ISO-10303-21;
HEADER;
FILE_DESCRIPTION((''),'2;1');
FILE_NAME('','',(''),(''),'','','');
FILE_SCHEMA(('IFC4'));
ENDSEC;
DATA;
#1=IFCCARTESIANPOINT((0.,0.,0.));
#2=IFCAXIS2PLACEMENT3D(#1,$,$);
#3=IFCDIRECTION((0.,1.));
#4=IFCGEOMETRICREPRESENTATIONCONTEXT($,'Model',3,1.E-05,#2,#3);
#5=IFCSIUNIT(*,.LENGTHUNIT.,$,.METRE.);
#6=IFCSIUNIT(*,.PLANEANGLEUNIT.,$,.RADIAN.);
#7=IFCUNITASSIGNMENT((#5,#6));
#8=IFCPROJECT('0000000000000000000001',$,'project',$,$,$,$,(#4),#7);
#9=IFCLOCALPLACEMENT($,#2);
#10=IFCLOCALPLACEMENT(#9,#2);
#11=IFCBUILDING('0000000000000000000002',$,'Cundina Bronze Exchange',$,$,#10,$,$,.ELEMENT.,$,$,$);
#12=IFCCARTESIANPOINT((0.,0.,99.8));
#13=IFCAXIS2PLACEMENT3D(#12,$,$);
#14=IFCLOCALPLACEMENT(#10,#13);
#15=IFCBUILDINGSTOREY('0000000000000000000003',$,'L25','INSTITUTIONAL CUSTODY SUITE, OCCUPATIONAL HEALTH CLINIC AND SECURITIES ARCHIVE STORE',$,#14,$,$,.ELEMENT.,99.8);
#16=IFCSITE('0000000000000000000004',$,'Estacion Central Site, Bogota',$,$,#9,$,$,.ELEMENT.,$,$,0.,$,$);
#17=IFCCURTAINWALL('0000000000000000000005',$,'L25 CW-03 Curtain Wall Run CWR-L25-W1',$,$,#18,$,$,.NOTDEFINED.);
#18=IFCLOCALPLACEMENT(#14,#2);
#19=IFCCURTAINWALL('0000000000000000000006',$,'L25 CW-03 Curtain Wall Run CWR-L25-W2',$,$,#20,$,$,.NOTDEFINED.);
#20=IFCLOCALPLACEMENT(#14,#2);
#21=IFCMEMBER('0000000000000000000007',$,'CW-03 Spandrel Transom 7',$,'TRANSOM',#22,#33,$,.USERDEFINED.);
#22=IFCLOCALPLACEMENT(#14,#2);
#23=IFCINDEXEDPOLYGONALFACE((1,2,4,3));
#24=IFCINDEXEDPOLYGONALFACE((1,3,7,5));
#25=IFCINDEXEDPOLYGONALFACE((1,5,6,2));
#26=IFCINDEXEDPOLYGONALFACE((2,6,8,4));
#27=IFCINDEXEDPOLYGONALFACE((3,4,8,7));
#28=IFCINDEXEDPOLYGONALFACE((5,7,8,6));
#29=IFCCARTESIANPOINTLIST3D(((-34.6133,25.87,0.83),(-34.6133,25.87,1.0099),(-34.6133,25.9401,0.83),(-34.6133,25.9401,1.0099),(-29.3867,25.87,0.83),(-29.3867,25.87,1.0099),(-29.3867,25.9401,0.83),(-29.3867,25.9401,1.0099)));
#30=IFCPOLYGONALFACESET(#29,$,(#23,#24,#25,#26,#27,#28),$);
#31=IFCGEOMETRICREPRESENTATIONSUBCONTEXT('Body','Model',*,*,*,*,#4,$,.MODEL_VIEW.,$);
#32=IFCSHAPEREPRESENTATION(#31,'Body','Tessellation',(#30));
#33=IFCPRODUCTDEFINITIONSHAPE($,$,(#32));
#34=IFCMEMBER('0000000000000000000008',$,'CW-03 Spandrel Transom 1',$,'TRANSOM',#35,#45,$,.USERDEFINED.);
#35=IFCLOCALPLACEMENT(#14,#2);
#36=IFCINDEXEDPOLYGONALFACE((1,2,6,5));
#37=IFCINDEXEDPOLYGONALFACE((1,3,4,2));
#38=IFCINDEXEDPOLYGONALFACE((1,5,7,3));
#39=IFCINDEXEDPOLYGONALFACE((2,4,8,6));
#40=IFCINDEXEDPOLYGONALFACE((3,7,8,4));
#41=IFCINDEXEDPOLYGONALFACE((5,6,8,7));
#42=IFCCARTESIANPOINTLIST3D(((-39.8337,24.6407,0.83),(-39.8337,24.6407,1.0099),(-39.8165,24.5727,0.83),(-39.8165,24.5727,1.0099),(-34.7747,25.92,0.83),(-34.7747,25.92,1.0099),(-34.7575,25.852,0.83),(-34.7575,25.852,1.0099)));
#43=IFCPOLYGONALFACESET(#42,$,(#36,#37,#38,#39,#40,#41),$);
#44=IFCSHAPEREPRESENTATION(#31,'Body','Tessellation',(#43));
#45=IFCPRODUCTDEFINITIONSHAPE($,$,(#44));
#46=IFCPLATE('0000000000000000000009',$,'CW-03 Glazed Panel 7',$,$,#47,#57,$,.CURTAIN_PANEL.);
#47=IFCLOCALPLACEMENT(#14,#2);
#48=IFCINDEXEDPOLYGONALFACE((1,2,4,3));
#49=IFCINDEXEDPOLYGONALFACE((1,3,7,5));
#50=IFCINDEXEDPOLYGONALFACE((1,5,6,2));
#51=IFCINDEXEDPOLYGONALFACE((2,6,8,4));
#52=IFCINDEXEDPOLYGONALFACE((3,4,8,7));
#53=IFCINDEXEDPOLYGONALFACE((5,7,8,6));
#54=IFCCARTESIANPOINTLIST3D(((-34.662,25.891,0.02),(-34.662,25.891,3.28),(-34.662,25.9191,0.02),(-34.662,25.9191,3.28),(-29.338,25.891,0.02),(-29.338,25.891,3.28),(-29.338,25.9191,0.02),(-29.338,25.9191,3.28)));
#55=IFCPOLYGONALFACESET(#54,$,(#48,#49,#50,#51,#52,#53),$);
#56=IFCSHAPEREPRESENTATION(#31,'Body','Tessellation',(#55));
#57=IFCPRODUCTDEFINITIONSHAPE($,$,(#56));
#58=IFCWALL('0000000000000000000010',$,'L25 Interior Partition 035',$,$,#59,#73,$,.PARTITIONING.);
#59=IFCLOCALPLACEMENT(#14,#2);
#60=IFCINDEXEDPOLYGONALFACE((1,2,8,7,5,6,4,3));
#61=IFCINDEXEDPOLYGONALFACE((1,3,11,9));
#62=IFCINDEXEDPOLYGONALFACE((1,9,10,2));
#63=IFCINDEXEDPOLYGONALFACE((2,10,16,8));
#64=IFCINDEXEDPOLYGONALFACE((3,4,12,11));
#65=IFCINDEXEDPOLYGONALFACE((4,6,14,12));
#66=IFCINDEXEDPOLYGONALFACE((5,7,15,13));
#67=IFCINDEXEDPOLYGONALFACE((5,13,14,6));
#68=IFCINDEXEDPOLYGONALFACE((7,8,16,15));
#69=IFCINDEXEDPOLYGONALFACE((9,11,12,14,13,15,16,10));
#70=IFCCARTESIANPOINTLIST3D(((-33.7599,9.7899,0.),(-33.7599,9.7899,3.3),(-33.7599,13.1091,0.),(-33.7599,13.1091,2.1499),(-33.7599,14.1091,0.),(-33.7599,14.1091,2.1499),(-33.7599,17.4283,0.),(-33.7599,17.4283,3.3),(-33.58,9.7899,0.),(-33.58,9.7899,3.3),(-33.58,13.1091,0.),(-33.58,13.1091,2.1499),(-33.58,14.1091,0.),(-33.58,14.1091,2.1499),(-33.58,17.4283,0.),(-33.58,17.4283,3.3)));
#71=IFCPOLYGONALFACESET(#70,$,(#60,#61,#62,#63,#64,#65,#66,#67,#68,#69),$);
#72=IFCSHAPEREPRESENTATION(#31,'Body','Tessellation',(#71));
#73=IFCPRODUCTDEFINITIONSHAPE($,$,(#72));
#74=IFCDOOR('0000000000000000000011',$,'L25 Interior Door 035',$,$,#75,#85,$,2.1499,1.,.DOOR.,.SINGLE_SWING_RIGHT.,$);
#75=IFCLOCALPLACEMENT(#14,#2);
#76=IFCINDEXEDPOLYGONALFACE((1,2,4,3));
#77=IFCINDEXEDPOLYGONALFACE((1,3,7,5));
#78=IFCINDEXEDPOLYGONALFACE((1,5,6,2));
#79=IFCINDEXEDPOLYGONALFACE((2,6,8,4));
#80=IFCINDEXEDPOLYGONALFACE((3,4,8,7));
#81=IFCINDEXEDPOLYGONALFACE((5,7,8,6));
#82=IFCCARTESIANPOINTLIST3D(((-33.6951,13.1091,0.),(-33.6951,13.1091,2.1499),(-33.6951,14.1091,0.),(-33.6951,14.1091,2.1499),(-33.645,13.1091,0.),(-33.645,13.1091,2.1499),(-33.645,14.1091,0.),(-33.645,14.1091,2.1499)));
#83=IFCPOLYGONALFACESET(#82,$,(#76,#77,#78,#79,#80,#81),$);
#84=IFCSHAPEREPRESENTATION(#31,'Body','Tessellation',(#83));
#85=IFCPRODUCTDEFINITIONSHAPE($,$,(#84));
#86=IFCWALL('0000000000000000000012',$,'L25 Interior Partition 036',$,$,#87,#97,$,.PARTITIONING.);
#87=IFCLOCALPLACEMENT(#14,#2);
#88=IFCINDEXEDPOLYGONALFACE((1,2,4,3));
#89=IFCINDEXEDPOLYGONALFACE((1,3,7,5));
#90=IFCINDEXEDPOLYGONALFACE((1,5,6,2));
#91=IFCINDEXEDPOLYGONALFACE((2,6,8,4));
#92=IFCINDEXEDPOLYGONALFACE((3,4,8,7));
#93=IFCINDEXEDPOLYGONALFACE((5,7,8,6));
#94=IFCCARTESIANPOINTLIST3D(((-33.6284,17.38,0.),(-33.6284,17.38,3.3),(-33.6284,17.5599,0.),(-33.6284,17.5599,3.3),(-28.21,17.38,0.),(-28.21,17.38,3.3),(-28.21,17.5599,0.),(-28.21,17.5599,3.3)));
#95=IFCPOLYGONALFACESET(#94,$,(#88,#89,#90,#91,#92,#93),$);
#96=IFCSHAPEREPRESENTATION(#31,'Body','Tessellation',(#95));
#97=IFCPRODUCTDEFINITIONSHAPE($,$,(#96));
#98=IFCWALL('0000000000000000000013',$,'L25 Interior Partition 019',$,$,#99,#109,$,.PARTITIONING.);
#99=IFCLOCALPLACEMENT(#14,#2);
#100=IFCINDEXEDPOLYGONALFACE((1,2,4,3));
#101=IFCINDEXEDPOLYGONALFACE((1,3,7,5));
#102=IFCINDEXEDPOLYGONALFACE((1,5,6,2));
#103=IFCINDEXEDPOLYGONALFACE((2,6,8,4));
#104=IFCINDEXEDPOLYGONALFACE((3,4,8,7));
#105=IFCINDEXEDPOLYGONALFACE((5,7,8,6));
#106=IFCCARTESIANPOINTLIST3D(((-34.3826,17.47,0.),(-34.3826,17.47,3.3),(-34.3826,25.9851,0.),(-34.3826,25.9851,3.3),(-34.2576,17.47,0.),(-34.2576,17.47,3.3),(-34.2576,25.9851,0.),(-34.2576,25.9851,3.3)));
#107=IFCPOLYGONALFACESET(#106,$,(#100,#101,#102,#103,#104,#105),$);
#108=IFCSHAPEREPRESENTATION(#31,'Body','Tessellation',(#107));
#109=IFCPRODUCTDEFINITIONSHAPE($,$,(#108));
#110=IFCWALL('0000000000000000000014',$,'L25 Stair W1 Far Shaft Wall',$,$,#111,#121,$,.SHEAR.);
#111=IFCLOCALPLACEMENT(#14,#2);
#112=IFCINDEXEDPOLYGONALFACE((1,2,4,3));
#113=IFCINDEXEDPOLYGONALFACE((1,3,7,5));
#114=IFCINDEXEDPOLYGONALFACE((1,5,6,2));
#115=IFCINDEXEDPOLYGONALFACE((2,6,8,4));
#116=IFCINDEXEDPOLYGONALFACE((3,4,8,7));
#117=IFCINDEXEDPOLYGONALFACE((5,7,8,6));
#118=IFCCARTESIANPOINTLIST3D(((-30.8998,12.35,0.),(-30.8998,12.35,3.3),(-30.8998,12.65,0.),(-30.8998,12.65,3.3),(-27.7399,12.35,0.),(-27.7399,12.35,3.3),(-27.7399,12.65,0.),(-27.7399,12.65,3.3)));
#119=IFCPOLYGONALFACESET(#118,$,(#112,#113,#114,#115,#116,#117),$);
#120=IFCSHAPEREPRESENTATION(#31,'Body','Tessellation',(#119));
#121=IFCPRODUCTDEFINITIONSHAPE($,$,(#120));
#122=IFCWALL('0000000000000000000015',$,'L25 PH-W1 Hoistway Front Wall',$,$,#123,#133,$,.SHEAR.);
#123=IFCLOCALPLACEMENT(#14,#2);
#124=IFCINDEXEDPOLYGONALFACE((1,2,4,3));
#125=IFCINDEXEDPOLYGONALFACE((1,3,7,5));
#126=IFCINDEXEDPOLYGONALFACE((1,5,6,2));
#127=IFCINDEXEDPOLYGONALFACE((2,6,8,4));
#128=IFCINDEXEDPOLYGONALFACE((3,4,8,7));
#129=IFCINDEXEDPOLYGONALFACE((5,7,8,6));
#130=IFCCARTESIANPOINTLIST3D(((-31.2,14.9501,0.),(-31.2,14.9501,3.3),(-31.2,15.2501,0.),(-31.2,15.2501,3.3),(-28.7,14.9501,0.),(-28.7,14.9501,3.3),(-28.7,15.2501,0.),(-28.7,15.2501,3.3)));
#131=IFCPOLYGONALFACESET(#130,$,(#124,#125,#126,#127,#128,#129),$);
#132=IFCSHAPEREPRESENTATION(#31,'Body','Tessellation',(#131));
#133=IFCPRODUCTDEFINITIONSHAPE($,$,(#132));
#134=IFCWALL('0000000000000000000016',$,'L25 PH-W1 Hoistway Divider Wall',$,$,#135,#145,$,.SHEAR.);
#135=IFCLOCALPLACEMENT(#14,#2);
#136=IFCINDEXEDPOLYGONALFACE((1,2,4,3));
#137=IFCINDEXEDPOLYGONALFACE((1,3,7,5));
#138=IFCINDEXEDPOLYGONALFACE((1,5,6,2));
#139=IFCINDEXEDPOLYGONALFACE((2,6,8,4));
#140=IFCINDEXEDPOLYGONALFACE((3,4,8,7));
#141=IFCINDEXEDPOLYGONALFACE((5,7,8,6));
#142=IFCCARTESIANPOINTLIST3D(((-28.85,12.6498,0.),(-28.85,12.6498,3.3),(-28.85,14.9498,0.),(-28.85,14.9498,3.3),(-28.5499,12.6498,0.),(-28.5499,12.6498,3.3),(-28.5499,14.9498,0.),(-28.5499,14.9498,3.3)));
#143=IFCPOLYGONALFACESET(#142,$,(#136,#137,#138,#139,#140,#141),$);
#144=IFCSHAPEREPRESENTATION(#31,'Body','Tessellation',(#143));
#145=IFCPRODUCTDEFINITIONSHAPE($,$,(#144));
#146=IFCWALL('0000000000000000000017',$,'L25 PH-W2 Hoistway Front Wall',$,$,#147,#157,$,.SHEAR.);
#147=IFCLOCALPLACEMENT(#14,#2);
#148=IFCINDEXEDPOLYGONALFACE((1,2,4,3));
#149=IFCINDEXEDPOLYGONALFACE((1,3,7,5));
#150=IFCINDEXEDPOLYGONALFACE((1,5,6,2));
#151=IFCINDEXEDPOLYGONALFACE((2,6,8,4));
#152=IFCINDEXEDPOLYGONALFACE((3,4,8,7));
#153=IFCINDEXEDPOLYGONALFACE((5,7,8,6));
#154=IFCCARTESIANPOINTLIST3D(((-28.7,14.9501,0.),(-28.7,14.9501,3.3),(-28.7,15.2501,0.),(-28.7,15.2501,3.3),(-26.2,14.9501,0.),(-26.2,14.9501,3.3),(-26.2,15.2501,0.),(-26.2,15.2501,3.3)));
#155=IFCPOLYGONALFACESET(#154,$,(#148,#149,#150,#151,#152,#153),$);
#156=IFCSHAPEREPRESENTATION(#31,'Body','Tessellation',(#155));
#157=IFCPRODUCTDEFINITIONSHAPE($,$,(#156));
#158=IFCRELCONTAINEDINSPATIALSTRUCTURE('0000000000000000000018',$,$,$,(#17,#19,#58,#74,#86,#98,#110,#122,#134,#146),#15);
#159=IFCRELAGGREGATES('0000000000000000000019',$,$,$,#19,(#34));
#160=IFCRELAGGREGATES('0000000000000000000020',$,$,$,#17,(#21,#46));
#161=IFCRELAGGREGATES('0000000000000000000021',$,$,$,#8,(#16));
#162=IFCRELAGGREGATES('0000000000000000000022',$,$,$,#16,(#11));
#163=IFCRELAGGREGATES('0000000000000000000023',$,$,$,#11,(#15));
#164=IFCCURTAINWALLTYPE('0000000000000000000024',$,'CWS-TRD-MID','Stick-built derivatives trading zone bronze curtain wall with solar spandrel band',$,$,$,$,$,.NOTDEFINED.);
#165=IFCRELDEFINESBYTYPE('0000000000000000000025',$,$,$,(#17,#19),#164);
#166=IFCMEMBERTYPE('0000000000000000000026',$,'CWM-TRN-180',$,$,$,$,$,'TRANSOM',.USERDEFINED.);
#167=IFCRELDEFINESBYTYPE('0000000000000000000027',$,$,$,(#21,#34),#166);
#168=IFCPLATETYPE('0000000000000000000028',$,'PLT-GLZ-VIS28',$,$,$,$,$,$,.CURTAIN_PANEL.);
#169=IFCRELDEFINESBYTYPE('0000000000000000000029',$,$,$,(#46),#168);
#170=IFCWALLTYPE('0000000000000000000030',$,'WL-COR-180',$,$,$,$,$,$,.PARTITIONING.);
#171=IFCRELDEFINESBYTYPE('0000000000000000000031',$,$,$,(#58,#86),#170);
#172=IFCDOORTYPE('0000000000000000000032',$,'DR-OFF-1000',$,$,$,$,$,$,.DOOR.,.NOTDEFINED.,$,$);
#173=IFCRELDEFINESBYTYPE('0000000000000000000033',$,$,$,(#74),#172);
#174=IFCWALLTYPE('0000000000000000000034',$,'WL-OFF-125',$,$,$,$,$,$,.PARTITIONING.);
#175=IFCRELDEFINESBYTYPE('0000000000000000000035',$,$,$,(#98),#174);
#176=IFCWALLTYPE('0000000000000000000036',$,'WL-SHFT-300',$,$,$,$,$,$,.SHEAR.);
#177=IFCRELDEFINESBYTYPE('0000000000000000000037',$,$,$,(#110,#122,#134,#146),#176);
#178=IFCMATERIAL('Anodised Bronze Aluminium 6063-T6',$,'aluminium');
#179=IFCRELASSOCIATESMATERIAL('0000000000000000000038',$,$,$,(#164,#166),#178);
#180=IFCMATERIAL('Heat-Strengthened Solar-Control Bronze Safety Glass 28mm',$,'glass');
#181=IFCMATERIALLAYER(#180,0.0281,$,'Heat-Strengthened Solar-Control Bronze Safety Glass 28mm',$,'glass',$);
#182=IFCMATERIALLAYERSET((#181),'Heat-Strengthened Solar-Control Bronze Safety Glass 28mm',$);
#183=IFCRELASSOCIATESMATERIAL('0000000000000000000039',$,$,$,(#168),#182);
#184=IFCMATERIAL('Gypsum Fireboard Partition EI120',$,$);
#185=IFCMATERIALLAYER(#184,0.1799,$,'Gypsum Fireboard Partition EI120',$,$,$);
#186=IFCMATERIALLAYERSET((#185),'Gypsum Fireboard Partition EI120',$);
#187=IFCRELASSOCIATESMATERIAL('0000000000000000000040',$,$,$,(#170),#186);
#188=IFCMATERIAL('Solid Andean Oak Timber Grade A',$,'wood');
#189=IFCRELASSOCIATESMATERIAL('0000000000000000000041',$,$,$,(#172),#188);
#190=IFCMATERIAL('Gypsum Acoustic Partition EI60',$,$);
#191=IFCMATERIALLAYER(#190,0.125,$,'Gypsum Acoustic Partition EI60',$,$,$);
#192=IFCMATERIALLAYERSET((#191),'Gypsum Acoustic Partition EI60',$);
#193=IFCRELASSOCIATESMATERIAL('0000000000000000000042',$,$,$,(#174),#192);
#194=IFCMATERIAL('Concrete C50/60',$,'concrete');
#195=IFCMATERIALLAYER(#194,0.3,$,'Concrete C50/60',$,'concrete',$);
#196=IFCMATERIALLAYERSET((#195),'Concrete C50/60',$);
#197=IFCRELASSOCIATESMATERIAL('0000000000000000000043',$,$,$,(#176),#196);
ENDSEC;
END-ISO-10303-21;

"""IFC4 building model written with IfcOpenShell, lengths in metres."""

from ifc_helpers import new_model, si_unit, direction, frame, frame_2d, origin, origin_2d, place, context, subcontext, project, spatial, rectangle, extrude, material, layer, layer_set, material_profile, profile_set, type_object, element, fill, aggregate, save


model = new_model("IFC4")

# Units and contexts
model_context = context("Model", 3, precision=1e-05, world=origin(), true_north=direction((0.0, 1.0)))
body_context = subcontext(model_context, "Body", "Model", "MODEL_VIEW")
ifc_project = project(units=[si_unit("LENGTHUNIT", "METRE"), si_unit("PLANEANGLEUNIT", "RADIAN")], contexts=[model_context])

# Site, building, storey
site_placement = place(None, origin())
site = spatial("IfcSite", under=ifc_project, at=site_placement, Name="Estacion Central Site, Bogota", CompositionType="ELEMENT", RefElevation=0.0)
building_placement = place(site_placement, origin())
building = spatial("IfcBuilding", under=site, at=building_placement, Name="Cundina Bronze Exchange", CompositionType="ELEMENT")
storey_placement = place(building_placement, frame((0.0, 0.0, 99.8)))
storey = spatial("IfcBuildingStorey", under=building, at=storey_placement, Name="L25", Description="INSTITUTIONAL CUSTODY SUITE, OCCUPATIONAL HEALTH CLINIC AND SECURITIES ARCHIVE STORE", CompositionType="ELEMENT", Elevation=99.8)

# Curtain wall
ifc_material_1 = material(Name="Anodised Bronze Aluminium 6063-T6", Category="aluminium")
curtain_wall_type = type_object("IfcCurtainWallType", Name="CWS-TRD-MID", Description="Stick-built derivatives trading zone bronze curtain wall with solar spandrel band", PredefinedType="NOTDEFINED", material=ifc_material_1)
curtain_wall_1_placement = place(storey_placement, origin())
curtain_wall_1 = element("IfcCurtainWall", 1, at=curtain_wall_1_placement, inside=storey, type_object=curtain_wall_type, Name="L25 CW-03 Curtain Wall Run CWR-L25-W1", PredefinedType="NOTDEFINED")

# Curtain wall
curtain_wall_2_placement = place(storey_placement, origin())
curtain_wall_2 = element("IfcCurtainWall", 2, at=curtain_wall_2_placement, inside=storey, type_object=curtain_wall_type, Name="L25 CW-03 Curtain Wall Run CWR-L25-W2", PredefinedType="NOTDEFINED")

# Members
ifc_material_profile_1 = material_profile(ifc_material_1, rectangle(XDim=0.0701, YDim=0.1799, at=origin_2d()), Name="AL70X180", Category="aluminium")
ifc_profile_set_1 = profile_set([ifc_material_profile_1], Name="Anodised Bronze Aluminium 6063-T6")
member_type_1 = type_object("IfcMemberType", Name="CWM-TRN-180", ElementType="TRANSOM", PredefinedType="USERDEFINED", material=ifc_profile_set_1)
member_1_placement = place(storey_placement, frame((-29.3867, 25.905, 0.9199), z_axis=(-1.0, 0.0, 0.0), x_axis=(0.0, -1.0, 0.0)))
member_1 = element("IfcMember", 3, at=member_1_placement, type_object=member_type_1, Name="CW-03 Spandrel Transom 7", ObjectType="TRANSOM", PredefinedType="USERDEFINED", context=body_context, shape_type="SweptSolid", body=[
    extrude(rectangle(XDim=0.0701, YDim=0.1799, at=origin_2d()), origin(), (0.0, 0.0, 1.0), 5.2266),
])
member_2_placement = place(storey_placement, frame((-34.7661, 25.886, 0.9199), z_axis=(-0.969484, -0.245155, 0.0), x_axis=(0.245155, -0.969484, 0.0)))
member_2 = element("IfcMember", 4, at=member_2_placement, type_object=member_type_1, Name="CW-03 Spandrel Transom 1", ObjectType="TRANSOM", PredefinedType="USERDEFINED", context=body_context, shape_type="SweptSolid", body=[
    extrude(rectangle(XDim=0.0701, YDim=0.1799, at=origin_2d()), origin(), (0.0, 0.0, 1.0), 5.2183),
])
aggregate(curtain_wall_2, [member_2])

# Plate
ifc_material_2 = material(Name="Heat-Strengthened Solar-Control Bronze Safety Glass 28mm", Category="glass")
ifc_layer_1 = layer(ifc_material_2, 0.0281, Name="Heat-Strengthened Solar-Control Bronze Safety Glass 28mm", Category="glass")
ifc_layer_set_1 = layer_set([ifc_layer_1], Name="Heat-Strengthened Solar-Control Bronze Safety Glass 28mm")
plate_type = type_object("IfcPlateType", Name="PLT-GLZ-VIS28", PredefinedType="CURTAIN_PANEL", material=ifc_layer_set_1)
plate_placement = place(storey_placement, frame((-32.0, 25.905, 0.02), z_axis=(0.0, 0.0, 1.0), x_axis=(-1.0, 0.0, 0.0)))
plate = element("IfcPlate", 5, at=plate_placement, type_object=plate_type, Name="CW-03 Glazed Panel 7", PredefinedType="CURTAIN_PANEL", context=body_context, shape_type="SweptSolid", body=[
    extrude(rectangle(XDim=5.324, YDim=0.0281, at=origin_2d()), origin(), (0.0, 0.0, 1.0), 3.26),
])
aggregate(curtain_wall_1, [member_1, plate])

# Wall, opening, door
ifc_material_3 = material(Name="Gypsum Fireboard Partition EI120")
ifc_layer_2 = layer(ifc_material_3, 0.1799, Name="Gypsum Fireboard Partition EI120")
ifc_layer_set_2 = layer_set([ifc_layer_2], Name="Gypsum Fireboard Partition EI120")
wall_type_1 = type_object("IfcWallType", Name="WL-COR-180", PredefinedType="PARTITIONING", material=ifc_layer_set_2)
ifc_material_4 = material(Name="Solid Andean Oak Timber Grade A", Category="wood")
door_type_1 = type_object("IfcDoorType", Name="DR-OFF-1000", OperationType="NOTDEFINED", PredefinedType="DOOR", material=ifc_material_4)
wall_1_placement = place(storey_placement, frame((-33.6699, 17.4285, 0.0), z_axis=(0.0, 0.0, 1.0), x_axis=(0.0, -1.0, 0.0)))
wall_1 = element("IfcWall", 6, at=wall_1_placement, inside=storey, type_object=wall_type_1, Name="L25 Interior Partition 035", PredefinedType="PARTITIONING", context=body_context, shape_type="SweptSolid", body=[
    extrude(rectangle(XDim=7.6384, YDim=0.1799, at=frame_2d((3.8193, 0.0))), origin(), (0.0, 0.0, 1.0), 3.3),
])
opening_1_placement = place(wall_1_placement, frame((3.3193, 0.0, 0.0)))
opening_1 = element("IfcOpeningElement", 7, at=opening_1_placement, cuts=wall_1, PredefinedType="OPENING", context=body_context, shape_type="SweptSolid", body=[
    extrude(rectangle(XDim=1.0, YDim=2.1499, at=frame_2d((0.5, 1.075))), frame((0.0, 0.0999, 0.0), z_axis=(0.0, -1.0, 0.0), x_axis=(1.0, 0.0, 0.0)), (0.0, 0.0, 1.0), 0.2),
])
door_1_placement = place(opening_1_placement, origin())
door_1 = element("IfcDoor", 8, at=door_1_placement, inside=storey, type_object=door_type_1, Name="L25 Interior Door 035", OperationType="SINGLE_SWING_RIGHT", OverallHeight=2.1499, OverallWidth=1.0, PredefinedType="DOOR", context=body_context, shape_type="SweptSolid", body=[
    extrude(rectangle(XDim=1.0, YDim=2.1499, at=frame_2d((0.5, 1.075))), frame((0.0, 0.0249, 0.0), z_axis=(0.0, -1.0, 0.0), x_axis=(1.0, 0.0, 0.0)), (0.0, 0.0, 1.0), 0.05),
])
fill(opening_1, door_1)

# Walls
wall_2_placement = place(storey_placement, frame((-28.21, 17.47, 0.0), z_axis=(0.0, 0.0, 1.0), x_axis=(-1.0, 0.0, 0.0)))
element("IfcWall", 9, at=wall_2_placement, inside=storey, type_object=wall_type_1, Name="L25 Interior Partition 036", PredefinedType="PARTITIONING", context=body_context, shape_type="SweptSolid", body=[
    extrude(rectangle(XDim=5.4185, YDim=0.1799, at=frame_2d((2.7092, 0.0))), origin(), (0.0, 0.0, 1.0), 3.3),
])
ifc_material_5 = material(Name="Gypsum Acoustic Partition EI60")
ifc_layer_3 = layer(ifc_material_5, 0.125, Name="Gypsum Acoustic Partition EI60")
ifc_layer_set_3 = layer_set([ifc_layer_3], Name="Gypsum Acoustic Partition EI60")
wall_type_2 = type_object("IfcWallType", Name="WL-OFF-125", PredefinedType="PARTITIONING", material=ifc_layer_set_3)
wall_3_placement = place(storey_placement, frame((-34.3201, 17.47, 0.0), z_axis=(0.0, 0.0, 1.0), x_axis=(0.0, 1.0, 0.0)))
element("IfcWall", 10, at=wall_3_placement, inside=storey, type_object=wall_type_2, Name="L25 Interior Partition 019", PredefinedType="PARTITIONING", context=body_context, shape_type="SweptSolid", body=[
    extrude(rectangle(XDim=8.5151, YDim=0.125, at=frame_2d((4.2576, 0.0))), origin(), (0.0, 0.0, 1.0), 3.3),
])

# Shared definitions
ifc_material_6 = material(Name="Concrete C50/60", Category="concrete")
ifc_layer_4 = layer(ifc_material_6, 0.3, Name="Concrete C50/60", Category="concrete")
ifc_layer_set_4 = layer_set([ifc_layer_4], Name="Concrete C50/60")
wall_type_3 = type_object("IfcWallType", Name="WL-SHFT-300", PredefinedType="SHEAR", material=ifc_layer_set_4)

# Walls
wall_4_placement = place(storey_placement, frame((-30.8999, 12.5, 0.0), z_axis=(0.0, 0.0, 1.0), x_axis=(1.0, 0.0, 0.0)))
element("IfcWall", 11, at=wall_4_placement, inside=storey, type_object=wall_type_3, Name="L25 Stair W1 Far Shaft Wall", PredefinedType="SHEAR", context=body_context, shape_type="SweptSolid", body=[
    extrude(rectangle(XDim=3.1599, YDim=0.3, at=frame_2d((1.5801, 0.0))), origin(), (0.0, 0.0, 1.0), 3.3),
])
wall_5_placement = place(storey_placement, frame((-31.2, 15.1001, 0.0), z_axis=(0.0, 0.0, 1.0), x_axis=(1.0, 0.0, 0.0)))
element("IfcWall", 12, at=wall_5_placement, inside=storey, type_object=wall_type_3, Name="L25 PH-W1 Hoistway Front Wall", PredefinedType="SHEAR", context=body_context, shape_type="SweptSolid", body=[
    extrude(rectangle(XDim=2.5, YDim=0.3, at=frame_2d((1.25, 0.0))), origin(), (0.0, 0.0, 1.0), 3.3),
])
wall_6_placement = place(storey_placement, frame((-28.7, 12.6499, 0.0), z_axis=(0.0, 0.0, 1.0), x_axis=(0.0, 1.0, 0.0)))
element("IfcWall", 13, at=wall_6_placement, inside=storey, type_object=wall_type_3, Name="L25 PH-W1 Hoistway Divider Wall", PredefinedType="SHEAR", context=body_context, shape_type="SweptSolid", body=[
    extrude(rectangle(XDim=2.3, YDim=0.3, at=frame_2d((1.1499, 0.0))), origin(), (0.0, 0.0, 1.0), 3.3),
])
wall_7_placement = place(storey_placement, frame((-28.7, 15.1001, 0.0), z_axis=(0.0, 0.0, 1.0), x_axis=(1.0, 0.0, 0.0)))
element("IfcWall", 14, at=wall_7_placement, inside=storey, type_object=wall_type_3, Name="L25 PH-W2 Hoistway Front Wall", PredefinedType="SHEAR", context=body_context, shape_type="SweptSolid", body=[
    extrude(rectangle(XDim=2.5, YDim=0.3, at=frame_2d((1.25, 0.0))), origin(), (0.0, 0.0, 1.0), 3.3),
])

save(model, "model.ifc")
